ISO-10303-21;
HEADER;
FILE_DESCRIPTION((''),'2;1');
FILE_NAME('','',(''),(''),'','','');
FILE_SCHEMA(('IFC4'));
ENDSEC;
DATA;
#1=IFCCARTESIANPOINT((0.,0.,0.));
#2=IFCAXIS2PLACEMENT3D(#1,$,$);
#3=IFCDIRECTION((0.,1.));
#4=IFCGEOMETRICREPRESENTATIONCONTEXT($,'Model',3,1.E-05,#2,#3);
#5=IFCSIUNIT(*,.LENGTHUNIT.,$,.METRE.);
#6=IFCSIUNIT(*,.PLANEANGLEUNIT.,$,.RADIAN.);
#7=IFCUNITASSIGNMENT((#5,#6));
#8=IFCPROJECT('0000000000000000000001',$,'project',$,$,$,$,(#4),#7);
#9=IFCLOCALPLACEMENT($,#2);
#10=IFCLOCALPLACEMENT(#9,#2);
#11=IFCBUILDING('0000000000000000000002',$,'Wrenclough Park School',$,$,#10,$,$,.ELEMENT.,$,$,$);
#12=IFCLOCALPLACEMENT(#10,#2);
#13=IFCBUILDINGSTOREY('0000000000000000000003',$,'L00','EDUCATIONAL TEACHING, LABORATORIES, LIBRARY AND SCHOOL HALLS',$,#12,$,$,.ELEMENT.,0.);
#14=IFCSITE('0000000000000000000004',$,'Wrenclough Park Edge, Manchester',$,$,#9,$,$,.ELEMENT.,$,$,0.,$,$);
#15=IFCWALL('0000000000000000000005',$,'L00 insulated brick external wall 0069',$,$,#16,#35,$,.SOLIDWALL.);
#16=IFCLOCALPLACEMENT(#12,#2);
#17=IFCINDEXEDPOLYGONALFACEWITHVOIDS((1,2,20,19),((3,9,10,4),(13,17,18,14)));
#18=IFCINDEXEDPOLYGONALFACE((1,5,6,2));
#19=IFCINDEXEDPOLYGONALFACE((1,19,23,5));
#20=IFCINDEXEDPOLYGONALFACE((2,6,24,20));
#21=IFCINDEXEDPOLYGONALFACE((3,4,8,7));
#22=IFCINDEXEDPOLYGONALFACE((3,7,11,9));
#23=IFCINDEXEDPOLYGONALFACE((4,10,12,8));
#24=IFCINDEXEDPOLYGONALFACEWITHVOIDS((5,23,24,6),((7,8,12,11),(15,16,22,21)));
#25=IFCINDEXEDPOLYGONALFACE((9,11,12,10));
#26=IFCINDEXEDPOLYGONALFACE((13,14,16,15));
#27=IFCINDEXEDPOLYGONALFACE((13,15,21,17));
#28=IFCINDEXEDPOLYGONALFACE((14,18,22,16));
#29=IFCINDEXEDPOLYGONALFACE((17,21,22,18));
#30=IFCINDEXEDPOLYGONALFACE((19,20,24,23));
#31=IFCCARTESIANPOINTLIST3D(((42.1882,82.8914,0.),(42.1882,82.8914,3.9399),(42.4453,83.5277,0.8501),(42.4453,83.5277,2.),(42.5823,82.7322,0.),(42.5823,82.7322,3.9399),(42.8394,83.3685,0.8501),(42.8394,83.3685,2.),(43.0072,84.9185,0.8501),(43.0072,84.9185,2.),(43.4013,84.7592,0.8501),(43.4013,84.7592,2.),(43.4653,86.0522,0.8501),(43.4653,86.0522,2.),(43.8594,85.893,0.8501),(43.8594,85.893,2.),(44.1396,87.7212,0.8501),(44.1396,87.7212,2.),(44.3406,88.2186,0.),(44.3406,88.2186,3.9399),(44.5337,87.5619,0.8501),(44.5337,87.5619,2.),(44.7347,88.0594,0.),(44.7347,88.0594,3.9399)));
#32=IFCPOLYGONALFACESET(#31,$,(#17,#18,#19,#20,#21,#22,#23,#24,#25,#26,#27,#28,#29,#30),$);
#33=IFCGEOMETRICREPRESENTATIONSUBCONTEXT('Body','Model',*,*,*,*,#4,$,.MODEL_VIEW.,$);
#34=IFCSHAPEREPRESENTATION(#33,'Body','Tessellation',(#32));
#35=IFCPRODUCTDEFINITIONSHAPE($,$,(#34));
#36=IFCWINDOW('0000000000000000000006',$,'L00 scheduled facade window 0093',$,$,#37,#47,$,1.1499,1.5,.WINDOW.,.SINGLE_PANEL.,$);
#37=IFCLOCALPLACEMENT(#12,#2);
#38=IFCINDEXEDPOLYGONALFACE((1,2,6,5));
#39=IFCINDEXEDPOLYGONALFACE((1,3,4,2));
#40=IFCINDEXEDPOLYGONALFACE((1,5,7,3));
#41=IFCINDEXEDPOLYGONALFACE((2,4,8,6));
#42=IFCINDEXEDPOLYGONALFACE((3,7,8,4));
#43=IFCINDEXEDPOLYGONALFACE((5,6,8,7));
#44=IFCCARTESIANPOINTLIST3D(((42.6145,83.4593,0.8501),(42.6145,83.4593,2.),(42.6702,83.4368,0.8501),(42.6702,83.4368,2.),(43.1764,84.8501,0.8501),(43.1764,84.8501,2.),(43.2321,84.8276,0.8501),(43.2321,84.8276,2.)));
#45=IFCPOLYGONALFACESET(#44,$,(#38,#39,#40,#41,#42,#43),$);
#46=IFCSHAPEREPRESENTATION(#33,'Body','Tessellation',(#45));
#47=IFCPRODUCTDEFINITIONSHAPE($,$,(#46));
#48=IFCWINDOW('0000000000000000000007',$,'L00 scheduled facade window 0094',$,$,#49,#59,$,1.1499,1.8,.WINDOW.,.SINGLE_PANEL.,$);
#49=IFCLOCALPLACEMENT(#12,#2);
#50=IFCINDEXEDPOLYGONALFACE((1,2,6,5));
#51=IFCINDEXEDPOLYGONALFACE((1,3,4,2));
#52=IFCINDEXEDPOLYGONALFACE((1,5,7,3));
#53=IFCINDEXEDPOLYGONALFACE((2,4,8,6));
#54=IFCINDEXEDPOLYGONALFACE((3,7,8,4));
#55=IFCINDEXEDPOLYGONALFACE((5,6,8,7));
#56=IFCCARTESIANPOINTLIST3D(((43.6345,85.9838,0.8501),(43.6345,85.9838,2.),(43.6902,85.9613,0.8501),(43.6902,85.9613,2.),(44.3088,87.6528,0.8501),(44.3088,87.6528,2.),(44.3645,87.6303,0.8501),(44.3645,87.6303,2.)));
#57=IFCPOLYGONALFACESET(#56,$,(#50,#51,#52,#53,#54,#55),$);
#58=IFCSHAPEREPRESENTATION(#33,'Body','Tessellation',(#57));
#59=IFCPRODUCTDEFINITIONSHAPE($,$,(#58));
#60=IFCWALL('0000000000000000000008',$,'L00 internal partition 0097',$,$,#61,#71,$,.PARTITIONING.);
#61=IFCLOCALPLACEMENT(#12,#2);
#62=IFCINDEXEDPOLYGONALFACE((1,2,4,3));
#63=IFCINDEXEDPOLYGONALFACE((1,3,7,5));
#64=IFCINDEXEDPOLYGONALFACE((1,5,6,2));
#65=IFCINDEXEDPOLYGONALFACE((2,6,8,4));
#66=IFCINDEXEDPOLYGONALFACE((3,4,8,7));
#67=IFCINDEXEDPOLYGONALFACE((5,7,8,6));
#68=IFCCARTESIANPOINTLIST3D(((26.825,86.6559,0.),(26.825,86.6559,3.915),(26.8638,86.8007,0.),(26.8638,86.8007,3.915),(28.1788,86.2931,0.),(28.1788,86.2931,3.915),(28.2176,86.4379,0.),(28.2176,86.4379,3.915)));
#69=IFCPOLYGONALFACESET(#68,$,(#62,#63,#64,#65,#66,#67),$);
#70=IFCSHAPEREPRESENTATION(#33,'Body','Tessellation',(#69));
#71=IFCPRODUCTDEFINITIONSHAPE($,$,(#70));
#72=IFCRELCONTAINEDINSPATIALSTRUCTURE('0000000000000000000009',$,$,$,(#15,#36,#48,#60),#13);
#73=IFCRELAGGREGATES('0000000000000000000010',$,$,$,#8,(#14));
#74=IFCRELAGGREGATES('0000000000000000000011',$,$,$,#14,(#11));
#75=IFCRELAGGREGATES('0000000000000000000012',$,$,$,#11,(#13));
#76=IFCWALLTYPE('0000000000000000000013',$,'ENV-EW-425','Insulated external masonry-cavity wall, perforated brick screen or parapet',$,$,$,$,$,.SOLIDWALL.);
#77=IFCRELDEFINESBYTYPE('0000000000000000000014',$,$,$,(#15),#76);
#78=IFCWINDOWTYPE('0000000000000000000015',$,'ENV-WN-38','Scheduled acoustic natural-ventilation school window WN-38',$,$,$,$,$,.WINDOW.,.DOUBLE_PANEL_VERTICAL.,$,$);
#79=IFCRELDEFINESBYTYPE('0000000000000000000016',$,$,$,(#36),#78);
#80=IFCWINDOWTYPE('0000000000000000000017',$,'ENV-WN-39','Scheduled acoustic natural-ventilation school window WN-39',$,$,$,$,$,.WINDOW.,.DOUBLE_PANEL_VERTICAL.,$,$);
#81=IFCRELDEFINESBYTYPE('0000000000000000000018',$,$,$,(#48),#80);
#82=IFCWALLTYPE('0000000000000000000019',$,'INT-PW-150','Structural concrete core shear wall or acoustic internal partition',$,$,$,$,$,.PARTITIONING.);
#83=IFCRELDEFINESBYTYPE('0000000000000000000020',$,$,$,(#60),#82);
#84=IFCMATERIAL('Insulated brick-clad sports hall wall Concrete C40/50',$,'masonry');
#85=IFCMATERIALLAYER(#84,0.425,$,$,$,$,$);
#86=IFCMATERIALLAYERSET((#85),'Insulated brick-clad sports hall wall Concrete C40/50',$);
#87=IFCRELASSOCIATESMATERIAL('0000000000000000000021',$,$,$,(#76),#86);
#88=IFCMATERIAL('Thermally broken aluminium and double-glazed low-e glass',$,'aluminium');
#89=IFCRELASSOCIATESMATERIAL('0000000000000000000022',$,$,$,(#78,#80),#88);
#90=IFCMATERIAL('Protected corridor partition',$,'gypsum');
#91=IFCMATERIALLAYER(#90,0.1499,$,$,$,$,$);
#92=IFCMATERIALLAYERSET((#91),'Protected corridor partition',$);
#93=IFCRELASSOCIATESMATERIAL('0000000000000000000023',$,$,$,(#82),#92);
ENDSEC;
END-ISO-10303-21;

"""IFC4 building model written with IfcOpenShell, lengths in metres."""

from ifc_helpers import new_model, si_unit, direction, frame, frame_2d, origin, place, context, subcontext, project, spatial, rectangle, extrude, material, layer, layer_set, type_object, element, fill, save


model = new_model("IFC4")

# Units and contexts
model_context = context("Model", 3, precision=1e-05, world=origin(), true_north=direction((0.0, 1.0)))
body_context = subcontext(model_context, "Body", "Model", "MODEL_VIEW")
ifc_project = project(units=[si_unit("LENGTHUNIT", "METRE"), si_unit("PLANEANGLEUNIT", "RADIAN")], contexts=[model_context])

# Site, building, storey
site_placement = place(None, origin())
site = spatial("IfcSite", under=ifc_project, at=site_placement, Name="Wrenclough Park Edge, Manchester", CompositionType="ELEMENT", RefElevation=0.0)
building_placement = place(site_placement, origin())
building = spatial("IfcBuilding", under=site, at=building_placement, Name="Wrenclough Park School", CompositionType="ELEMENT")
storey_placement = place(building_placement, origin())
storey = spatial("IfcBuildingStorey", under=building, at=storey_placement, Name="L00", Description="EDUCATIONAL TEACHING, LABORATORIES, LIBRARY AND SCHOOL HALLS", CompositionType="ELEMENT", Elevation=0.0)

# Shared definitions
ifc_material_1 = material(Name="Thermally broken aluminium and double-glazed low-e glass", Category="aluminium")

# Wall, openings, windows
ifc_material_2 = material(Name="Insulated brick-clad sports hall wall Concrete C40/50", Category="masonry")
ifc_layer_1 = layer(ifc_material_2, 0.425)
ifc_layer_set_1 = layer_set([ifc_layer_1], Name="Insulated brick-clad sports hall wall Concrete C40/50")
wall_type_1 = type_object("IfcWallType", Name="ENV-EW-425", Description="Insulated external masonry-cavity wall, perforated brick screen or parapet", PredefinedType="SOLIDWALL", material=ifc_layer_set_1)
wall_1_placement = place(storey_placement, frame((42.3853, 82.8118, 0.0), z_axis=(0.0, 0.0, 1.0), x_axis=(0.374612, 0.927182, 0.0)))
wall_1 = element("IfcWall", 1, at=wall_1_placement, inside=storey, type_object=wall_type_1, Name="L00 insulated brick external wall 0069", PredefinedType="SOLIDWALL", context=body_context, shape_type="SweptSolid", body=[
    extrude(rectangle(XDim=5.7456, YDim=0.425, at=frame_2d((2.8728, 0.0))), origin(), (0.0, 0.0, 1.0), 3.9399),
])
opening_1_placement = place(wall_1_placement, frame((0.6863, 0.0, 0.8501)))
opening_1 = element("IfcOpeningElement", 2, at=opening_1_placement, cuts=wall_1, PredefinedType="OPENING", context=body_context, shape_type="SweptSolid", body=[
    extrude(rectangle(XDim=1.5, YDim=1.1499, at=frame_2d((0.75, 0.575))), frame((0.0, 0.2224, 0.0), z_axis=(0.0, -1.0, 0.0), x_axis=(1.0, 0.0, 0.0)), (0.0, 0.0, 1.0), 0.4451),
])
opening_2_placement = place(wall_1_placement, frame((3.4092, 0.0, 0.8501)))
opening_2 = element("IfcOpeningElement", 3, at=opening_2_placement, cuts=wall_1, PredefinedType="OPENING", context=body_context, shape_type="SweptSolid", body=[
    extrude(rectangle(XDim=1.8, YDim=1.1499, at=frame_2d((0.8999, 0.575))), frame((0.0, 0.2224, 0.0), z_axis=(0.0, -1.0, 0.0), x_axis=(1.0, 0.0, 0.0)), (0.0, 0.0, 1.0), 0.4451),
])
window_type_1 = type_object("IfcWindowType", Name="ENV-WN-38", Description="Scheduled acoustic natural-ventilation school window WN-38", PartitioningType="DOUBLE_PANEL_VERTICAL", PredefinedType="WINDOW", material=ifc_material_1)
window_1_placement = place(opening_1_placement, origin())
window_1 = element("IfcWindow", 4, at=window_1_placement, inside=storey, type_object=window_type_1, Name="L00 scheduled facade window 0093", OverallHeight=1.1499, OverallWidth=1.5, PartitioningType="SINGLE_PANEL", PredefinedType="WINDOW", context=body_context, shape_type="SweptSolid", body=[
    extrude(rectangle(XDim=1.5, YDim=1.1499, at=frame_2d((0.75, 0.575))), frame((0.0, 0.03, 0.0), z_axis=(0.0, -1.0, 0.0), x_axis=(1.0, 0.0, 0.0)), (0.0, 0.0, 1.0), 0.0601),
])
fill(opening_1, window_1)
window_type_2 = type_object("IfcWindowType", Name="ENV-WN-39", Description="Scheduled acoustic natural-ventilation school window WN-39", PartitioningType="DOUBLE_PANEL_VERTICAL", PredefinedType="WINDOW", material=ifc_material_1)
window_2_placement = place(opening_2_placement, origin())
window_2 = element("IfcWindow", 5, at=window_2_placement, inside=storey, type_object=window_type_2, Name="L00 scheduled facade window 0094", OverallHeight=1.1499, OverallWidth=1.8, PartitioningType="SINGLE_PANEL", PredefinedType="WINDOW", context=body_context, shape_type="SweptSolid", body=[
    extrude(rectangle(XDim=1.8, YDim=1.1499, at=frame_2d((0.8999, 0.575))), frame((0.0, 0.03, 0.0), z_axis=(0.0, -1.0, 0.0), x_axis=(1.0, 0.0, 0.0)), (0.0, 0.0, 1.0), 0.0601),
])
fill(opening_2, window_2)

# Wall
ifc_material_3 = material(Name="Protected corridor partition", Category="gypsum")
ifc_layer_2 = layer(ifc_material_3, 0.1499)
ifc_layer_set_2 = layer_set([ifc_layer_2], Name="Protected corridor partition")
wall_type_2 = type_object("IfcWallType", Name="INT-PW-150", Description="Structural concrete core shear wall or acoustic internal partition", PredefinedType="PARTITIONING", material=ifc_layer_set_2)
wall_2_placement = place(storey_placement, frame((26.8445, 86.7283, 0.0), z_axis=(0.0, 0.0, 1.0), x_axis=(0.965916, -0.258855, 0.0)))
element("IfcWall", 6, at=wall_2_placement, inside=storey, type_object=wall_type_2, Name="L00 internal partition 0097", PredefinedType="PARTITIONING", context=body_context, shape_type="SweptSolid", body=[
    extrude(rectangle(XDim=1.4016, YDim=0.1499, at=frame_2d((0.7007, 0.0))), origin(), (0.0, 0.0, 1.0), 3.915),
])

save(model, "model.ifc")
